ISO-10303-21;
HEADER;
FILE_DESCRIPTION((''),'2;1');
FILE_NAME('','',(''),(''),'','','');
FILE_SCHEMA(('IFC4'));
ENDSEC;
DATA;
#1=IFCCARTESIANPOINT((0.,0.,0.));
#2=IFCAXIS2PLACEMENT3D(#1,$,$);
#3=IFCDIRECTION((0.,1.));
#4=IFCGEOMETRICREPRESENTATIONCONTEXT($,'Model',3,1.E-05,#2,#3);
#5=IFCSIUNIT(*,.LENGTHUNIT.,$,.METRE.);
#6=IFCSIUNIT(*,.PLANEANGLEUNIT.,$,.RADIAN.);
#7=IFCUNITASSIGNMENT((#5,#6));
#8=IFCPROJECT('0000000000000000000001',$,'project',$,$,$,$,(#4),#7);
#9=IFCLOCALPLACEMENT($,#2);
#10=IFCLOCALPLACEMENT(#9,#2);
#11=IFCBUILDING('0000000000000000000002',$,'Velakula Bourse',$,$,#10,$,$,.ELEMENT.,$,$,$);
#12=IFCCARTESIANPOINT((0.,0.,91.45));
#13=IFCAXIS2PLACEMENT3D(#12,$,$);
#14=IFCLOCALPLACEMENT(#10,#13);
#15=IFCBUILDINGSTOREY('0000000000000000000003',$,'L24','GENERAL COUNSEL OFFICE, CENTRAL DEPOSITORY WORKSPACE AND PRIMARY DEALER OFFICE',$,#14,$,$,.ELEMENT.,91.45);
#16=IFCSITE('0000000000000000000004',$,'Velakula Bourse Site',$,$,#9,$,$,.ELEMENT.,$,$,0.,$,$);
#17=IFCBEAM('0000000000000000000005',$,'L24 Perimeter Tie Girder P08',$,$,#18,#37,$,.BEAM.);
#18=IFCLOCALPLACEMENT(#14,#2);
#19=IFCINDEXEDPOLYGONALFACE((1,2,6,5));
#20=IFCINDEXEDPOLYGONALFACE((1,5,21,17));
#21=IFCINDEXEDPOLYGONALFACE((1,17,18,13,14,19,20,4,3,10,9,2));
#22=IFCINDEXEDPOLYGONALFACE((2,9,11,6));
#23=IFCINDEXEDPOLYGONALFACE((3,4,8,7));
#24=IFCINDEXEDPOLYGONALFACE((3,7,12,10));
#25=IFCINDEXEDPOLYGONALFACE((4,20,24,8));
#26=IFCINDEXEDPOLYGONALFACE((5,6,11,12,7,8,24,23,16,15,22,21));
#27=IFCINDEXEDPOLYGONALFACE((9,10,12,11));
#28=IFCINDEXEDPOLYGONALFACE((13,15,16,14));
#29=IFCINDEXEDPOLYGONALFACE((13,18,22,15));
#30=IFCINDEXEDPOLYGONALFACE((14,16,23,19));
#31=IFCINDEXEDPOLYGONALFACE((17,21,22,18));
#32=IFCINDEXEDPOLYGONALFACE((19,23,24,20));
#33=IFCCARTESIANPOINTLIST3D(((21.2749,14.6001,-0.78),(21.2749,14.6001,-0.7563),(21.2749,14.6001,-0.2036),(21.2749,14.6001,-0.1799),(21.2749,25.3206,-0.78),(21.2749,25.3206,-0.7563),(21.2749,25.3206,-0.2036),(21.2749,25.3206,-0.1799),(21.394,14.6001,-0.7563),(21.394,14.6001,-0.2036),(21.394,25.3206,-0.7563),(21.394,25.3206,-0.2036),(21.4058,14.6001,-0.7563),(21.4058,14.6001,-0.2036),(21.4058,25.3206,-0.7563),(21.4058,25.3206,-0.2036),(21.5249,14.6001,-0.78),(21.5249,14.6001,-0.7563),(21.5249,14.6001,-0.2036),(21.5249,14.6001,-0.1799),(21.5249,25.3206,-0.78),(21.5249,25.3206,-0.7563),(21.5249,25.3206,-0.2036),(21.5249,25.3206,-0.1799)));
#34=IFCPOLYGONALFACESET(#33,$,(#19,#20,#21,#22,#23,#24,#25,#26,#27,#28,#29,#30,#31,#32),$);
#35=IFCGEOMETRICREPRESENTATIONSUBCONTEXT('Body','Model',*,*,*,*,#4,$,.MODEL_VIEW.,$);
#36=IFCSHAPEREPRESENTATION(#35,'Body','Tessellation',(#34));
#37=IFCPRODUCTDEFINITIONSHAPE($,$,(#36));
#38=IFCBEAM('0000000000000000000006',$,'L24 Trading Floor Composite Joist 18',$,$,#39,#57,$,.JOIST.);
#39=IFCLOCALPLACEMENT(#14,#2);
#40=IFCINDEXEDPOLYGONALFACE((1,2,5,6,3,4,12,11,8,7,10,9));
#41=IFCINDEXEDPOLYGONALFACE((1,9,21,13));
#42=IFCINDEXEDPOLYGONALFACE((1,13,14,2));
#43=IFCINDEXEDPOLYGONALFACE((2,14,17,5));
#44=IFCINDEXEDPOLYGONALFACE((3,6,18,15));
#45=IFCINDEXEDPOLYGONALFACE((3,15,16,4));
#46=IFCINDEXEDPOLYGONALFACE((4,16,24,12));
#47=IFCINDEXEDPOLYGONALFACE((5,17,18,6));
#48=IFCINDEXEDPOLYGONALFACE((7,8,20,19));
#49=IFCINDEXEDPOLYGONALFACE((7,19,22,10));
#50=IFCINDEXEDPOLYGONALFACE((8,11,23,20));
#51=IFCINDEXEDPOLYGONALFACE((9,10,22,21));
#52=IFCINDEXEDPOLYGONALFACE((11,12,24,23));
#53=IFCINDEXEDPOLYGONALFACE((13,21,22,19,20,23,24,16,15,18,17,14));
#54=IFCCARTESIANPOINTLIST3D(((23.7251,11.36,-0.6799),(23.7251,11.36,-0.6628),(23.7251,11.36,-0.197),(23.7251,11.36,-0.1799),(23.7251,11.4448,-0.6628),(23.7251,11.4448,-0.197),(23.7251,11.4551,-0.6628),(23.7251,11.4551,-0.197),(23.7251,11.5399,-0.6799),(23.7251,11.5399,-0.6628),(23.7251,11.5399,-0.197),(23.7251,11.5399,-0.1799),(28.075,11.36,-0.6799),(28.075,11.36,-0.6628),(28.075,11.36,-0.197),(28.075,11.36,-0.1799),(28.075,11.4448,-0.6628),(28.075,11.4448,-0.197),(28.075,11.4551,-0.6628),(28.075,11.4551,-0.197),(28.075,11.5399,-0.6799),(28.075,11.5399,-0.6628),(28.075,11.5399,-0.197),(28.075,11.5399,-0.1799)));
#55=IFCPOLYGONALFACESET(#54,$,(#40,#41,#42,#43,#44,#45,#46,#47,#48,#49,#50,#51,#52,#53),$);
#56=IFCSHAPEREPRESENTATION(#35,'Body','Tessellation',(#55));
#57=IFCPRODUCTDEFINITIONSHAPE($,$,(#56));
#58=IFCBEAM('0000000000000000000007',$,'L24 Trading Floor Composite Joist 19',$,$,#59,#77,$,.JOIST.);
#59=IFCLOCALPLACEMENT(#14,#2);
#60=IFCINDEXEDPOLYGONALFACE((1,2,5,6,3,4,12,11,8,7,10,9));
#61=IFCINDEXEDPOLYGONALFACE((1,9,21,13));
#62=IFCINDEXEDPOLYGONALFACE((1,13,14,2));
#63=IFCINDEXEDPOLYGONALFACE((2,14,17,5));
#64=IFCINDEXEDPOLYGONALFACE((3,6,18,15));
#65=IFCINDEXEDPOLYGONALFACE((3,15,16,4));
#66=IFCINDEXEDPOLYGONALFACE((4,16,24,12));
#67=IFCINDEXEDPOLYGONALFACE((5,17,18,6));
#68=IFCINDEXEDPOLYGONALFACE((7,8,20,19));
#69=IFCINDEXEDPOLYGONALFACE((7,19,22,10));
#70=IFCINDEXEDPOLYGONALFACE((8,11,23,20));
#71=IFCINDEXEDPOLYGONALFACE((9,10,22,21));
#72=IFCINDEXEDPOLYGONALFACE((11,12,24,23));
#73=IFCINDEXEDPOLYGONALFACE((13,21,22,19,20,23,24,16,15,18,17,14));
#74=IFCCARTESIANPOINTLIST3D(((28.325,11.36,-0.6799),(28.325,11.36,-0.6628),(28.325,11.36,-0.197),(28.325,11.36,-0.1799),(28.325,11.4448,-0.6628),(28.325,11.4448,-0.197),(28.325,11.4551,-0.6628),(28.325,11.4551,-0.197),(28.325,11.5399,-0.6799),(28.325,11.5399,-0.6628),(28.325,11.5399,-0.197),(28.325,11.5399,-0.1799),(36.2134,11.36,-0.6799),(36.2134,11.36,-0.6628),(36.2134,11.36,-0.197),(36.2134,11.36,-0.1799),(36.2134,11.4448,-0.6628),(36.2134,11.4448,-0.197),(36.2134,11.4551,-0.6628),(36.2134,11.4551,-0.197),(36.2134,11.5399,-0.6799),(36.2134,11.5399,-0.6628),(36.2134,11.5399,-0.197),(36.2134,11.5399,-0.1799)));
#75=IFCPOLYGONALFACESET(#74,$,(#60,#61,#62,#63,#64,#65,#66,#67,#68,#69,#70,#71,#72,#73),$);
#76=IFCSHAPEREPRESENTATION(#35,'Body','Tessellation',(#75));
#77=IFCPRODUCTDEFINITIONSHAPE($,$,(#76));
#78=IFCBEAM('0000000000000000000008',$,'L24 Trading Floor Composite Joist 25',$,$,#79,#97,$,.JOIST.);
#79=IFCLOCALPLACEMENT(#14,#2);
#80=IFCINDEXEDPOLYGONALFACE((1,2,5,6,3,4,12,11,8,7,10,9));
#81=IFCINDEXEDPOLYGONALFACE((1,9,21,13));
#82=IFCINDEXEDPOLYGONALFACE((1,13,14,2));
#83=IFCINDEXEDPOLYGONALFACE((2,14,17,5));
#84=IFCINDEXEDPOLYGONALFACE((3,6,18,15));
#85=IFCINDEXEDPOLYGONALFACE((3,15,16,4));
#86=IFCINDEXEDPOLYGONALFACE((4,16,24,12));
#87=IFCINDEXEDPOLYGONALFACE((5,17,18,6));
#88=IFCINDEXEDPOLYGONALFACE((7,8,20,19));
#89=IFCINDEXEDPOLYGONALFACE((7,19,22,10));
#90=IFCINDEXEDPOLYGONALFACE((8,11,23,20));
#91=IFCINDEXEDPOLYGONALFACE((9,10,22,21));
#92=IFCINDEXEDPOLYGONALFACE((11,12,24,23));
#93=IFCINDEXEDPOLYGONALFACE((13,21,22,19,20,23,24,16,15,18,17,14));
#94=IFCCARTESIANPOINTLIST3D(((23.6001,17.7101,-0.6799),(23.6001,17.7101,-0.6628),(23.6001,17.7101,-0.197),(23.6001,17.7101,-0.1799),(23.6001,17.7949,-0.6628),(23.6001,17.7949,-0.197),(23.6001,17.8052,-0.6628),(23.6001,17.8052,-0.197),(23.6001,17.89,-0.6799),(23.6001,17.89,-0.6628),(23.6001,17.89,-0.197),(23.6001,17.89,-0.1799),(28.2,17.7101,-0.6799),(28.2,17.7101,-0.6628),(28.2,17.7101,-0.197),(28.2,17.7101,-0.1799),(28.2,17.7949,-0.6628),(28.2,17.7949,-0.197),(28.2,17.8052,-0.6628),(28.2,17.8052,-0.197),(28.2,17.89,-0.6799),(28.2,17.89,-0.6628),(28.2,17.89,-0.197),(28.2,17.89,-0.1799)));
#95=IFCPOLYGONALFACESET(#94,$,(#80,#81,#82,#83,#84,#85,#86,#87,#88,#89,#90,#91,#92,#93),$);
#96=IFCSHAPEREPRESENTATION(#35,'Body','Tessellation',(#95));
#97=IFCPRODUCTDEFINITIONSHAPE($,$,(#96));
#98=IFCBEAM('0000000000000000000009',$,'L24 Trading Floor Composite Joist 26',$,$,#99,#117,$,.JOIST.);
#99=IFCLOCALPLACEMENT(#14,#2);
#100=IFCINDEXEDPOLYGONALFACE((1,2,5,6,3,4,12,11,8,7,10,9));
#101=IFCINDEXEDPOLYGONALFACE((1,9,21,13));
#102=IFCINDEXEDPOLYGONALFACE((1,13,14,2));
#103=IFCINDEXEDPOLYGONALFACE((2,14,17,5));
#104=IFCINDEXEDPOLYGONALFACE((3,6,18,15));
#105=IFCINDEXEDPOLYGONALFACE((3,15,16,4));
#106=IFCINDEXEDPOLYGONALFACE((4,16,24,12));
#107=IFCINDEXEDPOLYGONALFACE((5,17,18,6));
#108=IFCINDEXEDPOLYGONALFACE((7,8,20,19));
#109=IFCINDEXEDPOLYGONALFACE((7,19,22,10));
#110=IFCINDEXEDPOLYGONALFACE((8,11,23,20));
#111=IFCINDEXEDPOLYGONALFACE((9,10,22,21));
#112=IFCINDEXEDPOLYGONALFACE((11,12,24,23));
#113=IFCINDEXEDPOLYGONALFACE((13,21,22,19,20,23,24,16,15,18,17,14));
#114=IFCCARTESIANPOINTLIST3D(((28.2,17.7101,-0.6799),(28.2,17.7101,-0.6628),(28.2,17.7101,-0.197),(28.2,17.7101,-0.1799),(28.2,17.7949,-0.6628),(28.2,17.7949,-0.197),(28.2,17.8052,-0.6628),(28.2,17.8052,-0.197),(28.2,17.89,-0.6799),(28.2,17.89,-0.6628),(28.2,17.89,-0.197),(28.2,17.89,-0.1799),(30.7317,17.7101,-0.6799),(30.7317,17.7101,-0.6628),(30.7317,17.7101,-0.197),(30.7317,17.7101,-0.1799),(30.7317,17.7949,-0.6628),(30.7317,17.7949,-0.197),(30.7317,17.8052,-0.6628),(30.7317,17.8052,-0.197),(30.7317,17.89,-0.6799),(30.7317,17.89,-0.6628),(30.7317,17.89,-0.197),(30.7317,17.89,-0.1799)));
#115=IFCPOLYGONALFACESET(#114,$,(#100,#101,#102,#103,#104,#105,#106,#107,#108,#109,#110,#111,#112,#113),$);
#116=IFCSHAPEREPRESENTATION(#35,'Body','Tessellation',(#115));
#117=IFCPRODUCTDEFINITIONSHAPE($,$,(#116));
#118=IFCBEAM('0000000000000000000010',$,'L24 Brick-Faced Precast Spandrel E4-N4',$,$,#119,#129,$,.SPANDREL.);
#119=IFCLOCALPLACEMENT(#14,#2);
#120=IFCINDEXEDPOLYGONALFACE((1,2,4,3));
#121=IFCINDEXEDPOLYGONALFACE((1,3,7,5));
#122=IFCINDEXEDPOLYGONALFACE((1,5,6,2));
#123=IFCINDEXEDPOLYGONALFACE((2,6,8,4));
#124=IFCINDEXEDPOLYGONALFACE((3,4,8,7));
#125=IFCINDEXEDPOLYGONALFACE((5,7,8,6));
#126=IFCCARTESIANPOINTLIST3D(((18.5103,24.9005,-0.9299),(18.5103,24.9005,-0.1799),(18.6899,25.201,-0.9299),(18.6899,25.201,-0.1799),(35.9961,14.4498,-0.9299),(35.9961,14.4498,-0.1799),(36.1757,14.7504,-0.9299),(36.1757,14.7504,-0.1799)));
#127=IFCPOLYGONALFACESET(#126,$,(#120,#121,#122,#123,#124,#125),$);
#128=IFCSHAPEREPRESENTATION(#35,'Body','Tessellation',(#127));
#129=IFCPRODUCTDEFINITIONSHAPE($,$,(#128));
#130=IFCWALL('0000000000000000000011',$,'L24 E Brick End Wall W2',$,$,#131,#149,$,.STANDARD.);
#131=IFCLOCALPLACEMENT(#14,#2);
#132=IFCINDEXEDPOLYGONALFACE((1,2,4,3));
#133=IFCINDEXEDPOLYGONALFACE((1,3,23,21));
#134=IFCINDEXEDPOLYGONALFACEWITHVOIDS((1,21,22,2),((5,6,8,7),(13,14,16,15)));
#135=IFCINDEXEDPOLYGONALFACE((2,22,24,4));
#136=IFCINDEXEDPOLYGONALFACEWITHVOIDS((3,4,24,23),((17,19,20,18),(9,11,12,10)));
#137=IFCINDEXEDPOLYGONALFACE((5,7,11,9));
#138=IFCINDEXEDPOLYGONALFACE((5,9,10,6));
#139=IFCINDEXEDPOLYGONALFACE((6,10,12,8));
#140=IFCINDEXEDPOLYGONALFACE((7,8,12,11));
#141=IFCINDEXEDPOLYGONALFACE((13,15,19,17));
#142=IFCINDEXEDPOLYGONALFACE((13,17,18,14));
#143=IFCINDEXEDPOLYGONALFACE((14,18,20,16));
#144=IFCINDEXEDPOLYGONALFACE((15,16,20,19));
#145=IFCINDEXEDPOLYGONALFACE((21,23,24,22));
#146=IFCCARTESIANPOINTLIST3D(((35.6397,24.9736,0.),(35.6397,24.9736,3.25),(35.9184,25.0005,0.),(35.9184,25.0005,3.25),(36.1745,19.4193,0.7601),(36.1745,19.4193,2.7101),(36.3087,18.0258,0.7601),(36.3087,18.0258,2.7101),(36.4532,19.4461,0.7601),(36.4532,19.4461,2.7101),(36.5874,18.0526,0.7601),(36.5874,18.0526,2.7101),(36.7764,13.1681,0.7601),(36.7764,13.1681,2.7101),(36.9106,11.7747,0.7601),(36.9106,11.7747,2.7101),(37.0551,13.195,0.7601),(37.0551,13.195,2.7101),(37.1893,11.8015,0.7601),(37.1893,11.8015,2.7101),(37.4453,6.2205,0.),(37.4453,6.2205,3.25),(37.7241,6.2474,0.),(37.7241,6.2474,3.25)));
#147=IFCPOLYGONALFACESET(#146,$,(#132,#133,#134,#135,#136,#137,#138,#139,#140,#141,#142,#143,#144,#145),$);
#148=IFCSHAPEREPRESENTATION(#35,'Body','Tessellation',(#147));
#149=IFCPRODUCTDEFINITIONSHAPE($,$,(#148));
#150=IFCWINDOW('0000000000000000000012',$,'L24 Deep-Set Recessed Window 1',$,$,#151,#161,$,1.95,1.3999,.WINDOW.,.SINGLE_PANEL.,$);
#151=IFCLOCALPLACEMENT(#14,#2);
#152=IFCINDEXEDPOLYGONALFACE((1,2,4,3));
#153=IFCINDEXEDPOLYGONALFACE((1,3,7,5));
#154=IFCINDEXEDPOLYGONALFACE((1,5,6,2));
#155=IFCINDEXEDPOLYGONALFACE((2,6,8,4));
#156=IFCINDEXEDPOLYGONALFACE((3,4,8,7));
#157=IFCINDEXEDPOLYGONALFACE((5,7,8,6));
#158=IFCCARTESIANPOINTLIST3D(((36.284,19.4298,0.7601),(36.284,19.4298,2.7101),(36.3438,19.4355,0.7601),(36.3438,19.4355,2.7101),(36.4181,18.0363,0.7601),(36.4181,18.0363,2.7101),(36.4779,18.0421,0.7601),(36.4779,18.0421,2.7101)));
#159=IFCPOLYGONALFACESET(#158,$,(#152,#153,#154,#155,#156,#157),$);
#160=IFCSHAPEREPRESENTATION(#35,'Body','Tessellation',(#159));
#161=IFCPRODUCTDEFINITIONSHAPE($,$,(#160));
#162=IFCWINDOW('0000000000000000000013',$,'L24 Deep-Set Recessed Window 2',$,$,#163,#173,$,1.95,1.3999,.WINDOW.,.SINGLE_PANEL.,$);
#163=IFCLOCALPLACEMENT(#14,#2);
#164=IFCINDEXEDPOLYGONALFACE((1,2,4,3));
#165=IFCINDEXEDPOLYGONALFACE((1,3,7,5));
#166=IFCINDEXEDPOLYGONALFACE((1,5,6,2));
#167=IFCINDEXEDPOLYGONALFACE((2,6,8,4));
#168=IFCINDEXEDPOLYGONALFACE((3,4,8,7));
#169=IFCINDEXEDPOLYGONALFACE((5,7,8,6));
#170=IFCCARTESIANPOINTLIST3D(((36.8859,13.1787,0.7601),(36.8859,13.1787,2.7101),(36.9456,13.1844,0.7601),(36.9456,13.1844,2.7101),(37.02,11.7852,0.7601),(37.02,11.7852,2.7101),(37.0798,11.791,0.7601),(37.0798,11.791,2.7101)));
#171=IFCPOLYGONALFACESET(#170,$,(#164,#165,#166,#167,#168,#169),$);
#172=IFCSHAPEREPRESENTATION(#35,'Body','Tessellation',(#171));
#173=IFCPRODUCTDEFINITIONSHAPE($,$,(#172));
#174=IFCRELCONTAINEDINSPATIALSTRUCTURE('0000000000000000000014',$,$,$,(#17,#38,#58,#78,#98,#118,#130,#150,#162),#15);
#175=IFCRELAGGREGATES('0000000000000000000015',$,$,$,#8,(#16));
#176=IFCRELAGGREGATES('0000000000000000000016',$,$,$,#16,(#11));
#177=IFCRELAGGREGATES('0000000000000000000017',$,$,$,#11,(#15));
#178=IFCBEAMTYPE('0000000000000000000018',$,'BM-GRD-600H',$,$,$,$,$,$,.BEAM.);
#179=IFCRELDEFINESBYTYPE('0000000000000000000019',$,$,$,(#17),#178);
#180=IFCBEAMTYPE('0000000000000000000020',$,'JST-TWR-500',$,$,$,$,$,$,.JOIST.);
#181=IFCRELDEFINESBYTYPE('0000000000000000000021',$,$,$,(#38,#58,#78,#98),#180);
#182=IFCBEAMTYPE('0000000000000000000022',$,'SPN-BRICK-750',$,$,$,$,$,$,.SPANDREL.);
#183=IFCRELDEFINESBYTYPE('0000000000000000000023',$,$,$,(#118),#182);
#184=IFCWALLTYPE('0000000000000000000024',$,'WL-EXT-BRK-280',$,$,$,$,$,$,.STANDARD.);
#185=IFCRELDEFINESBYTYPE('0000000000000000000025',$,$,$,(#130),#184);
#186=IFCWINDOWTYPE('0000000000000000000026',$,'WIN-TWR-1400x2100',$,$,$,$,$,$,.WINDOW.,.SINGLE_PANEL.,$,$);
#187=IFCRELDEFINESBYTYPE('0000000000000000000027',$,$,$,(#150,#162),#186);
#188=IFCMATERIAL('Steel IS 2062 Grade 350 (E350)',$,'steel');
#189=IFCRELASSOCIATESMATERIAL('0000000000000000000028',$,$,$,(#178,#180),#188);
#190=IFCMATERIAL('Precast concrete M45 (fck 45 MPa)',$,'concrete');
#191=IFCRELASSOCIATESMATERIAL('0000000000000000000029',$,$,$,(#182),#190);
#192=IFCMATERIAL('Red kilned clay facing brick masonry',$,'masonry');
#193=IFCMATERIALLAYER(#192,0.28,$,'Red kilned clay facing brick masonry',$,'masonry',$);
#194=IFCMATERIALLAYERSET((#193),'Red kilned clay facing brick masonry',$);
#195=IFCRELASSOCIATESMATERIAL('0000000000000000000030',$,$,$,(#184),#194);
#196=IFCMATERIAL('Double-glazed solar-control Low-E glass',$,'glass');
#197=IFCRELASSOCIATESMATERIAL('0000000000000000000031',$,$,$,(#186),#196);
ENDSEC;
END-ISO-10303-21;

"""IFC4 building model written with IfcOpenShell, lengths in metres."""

from ifc_helpers import new_model, si_unit, direction, frame, frame_2d, origin, origin_2d, place, context, subcontext, project, spatial, rectangle, i_section, extrude, material, layer, layer_set, material_profile, profile_set, type_object, element, fill, save


model = new_model("IFC4")

# Units and contexts
model_context = context("Model", 3, precision=1e-05, world=origin(), true_north=direction((0.0, 1.0)))
body_context = subcontext(model_context, "Body", "Model", "MODEL_VIEW")
ifc_project = project(units=[si_unit("LENGTHUNIT", "METRE"), si_unit("PLANEANGLEUNIT", "RADIAN")], contexts=[model_context])

# Site, building, storey
site_placement = place(None, origin())
site = spatial("IfcSite", under=ifc_project, at=site_placement, Name="Velakula Bourse Site", CompositionType="ELEMENT", RefElevation=0.0)
building_placement = place(site_placement, origin())
building = spatial("IfcBuilding", under=site, at=building_placement, Name="Velakula Bourse", CompositionType="ELEMENT")
storey_placement = place(building_placement, frame((0.0, 0.0, 91.45)))
storey = spatial("IfcBuildingStorey", under=building, at=storey_placement, Name="L24", Description="GENERAL COUNSEL OFFICE, CENTRAL DEPOSITORY WORKSPACE AND PRIMARY DEALER OFFICE", CompositionType="ELEMENT", Elevation=91.45)

# Shared definitions
ifc_material_1 = material(Name="Precast concrete M45 (fck 45 MPa)", Category="concrete")

# Beams
ifc_material_2 = material(Name="Steel IS 2062 Grade 350 (E350)", Category="steel")
ifc_material_profile_1 = material_profile(ifc_material_2, i_section(OverallWidth=0.25, OverallDepth=0.6001, WebThickness=0.0117, FlangeThickness=0.0237, at=origin_2d()), Name="Steel IS 2062 Grade 350 (E350)")
ifc_profile_set_1 = profile_set([ifc_material_profile_1], Name="Steel IS 2062 Grade 350 (E350)")
beam_type_1 = type_object("IfcBeamType", Name="BM-GRD-600H", PredefinedType="BEAM", material=ifc_profile_set_1)
beam_1_placement = place(storey_placement, frame((21.3999, 14.6001, -0.48), z_axis=(0.0, 1.0, 0.0), x_axis=(-1.0, 0.0, 0.0)))
element("IfcBeam", 1, at=beam_1_placement, inside=storey, type_object=beam_type_1, Name="L24 Perimeter Tie Girder P08", PredefinedType="BEAM", context=body_context, shape_type="SweptSolid", body=[
    extrude(i_section(OverallWidth=0.25, OverallDepth=0.6001, WebThickness=0.0117, FlangeThickness=0.0237, at=origin_2d()), origin(), (0.0, 0.0, 1.0), 10.7205),
])
ifc_material_profile_2 = material_profile(ifc_material_2, i_section(OverallWidth=0.1799, OverallDepth=0.5, WebThickness=0.0103, FlangeThickness=0.0171, at=origin_2d()), Name="Steel IS 2062 Grade 350 (E350)")
ifc_profile_set_2 = profile_set([ifc_material_profile_2], Name="Steel IS 2062 Grade 350 (E350)")
beam_type_2 = type_object("IfcBeamType", Name="JST-TWR-500", PredefinedType="JOIST", material=ifc_profile_set_2)
beam_2_placement = place(storey_placement, frame((23.7251, 11.45, -0.4299), z_axis=(1.0, 0.0, 0.0), x_axis=(0.0, 1.0, 0.0)))
element("IfcBeam", 2, at=beam_2_placement, inside=storey, type_object=beam_type_2, Name="L24 Trading Floor Composite Joist 18", PredefinedType="JOIST", context=body_context, shape_type="SweptSolid", body=[
    extrude(i_section(OverallWidth=0.1799, OverallDepth=0.5, WebThickness=0.0103, FlangeThickness=0.0171, at=origin_2d()), origin(), (0.0, 0.0, 1.0), 4.3499),
])
beam_3_placement = place(storey_placement, frame((28.325, 11.45, -0.4299), z_axis=(1.0, 0.0, 0.0), x_axis=(0.0, 1.0, 0.0)))
element("IfcBeam", 3, at=beam_3_placement, inside=storey, type_object=beam_type_2, Name="L24 Trading Floor Composite Joist 19", PredefinedType="JOIST", context=body_context, shape_type="SweptSolid", body=[
    extrude(i_section(OverallWidth=0.1799, OverallDepth=0.5, WebThickness=0.0103, FlangeThickness=0.0171, at=origin_2d()), origin(), (0.0, 0.0, 1.0), 7.8884),
])
beam_4_placement = place(storey_placement, frame((23.6001, 17.8, -0.4299), z_axis=(1.0, 0.0, 0.0), x_axis=(0.0, 1.0, 0.0)))
element("IfcBeam", 4, at=beam_4_placement, inside=storey, type_object=beam_type_2, Name="L24 Trading Floor Composite Joist 25", PredefinedType="JOIST", context=body_context, shape_type="SweptSolid", body=[
    extrude(i_section(OverallWidth=0.1799, OverallDepth=0.5, WebThickness=0.0103, FlangeThickness=0.0171, at=origin_2d()), origin(), (0.0, 0.0, 1.0), 4.5999),
])
beam_5_placement = place(storey_placement, frame((28.2, 17.8, -0.4299), z_axis=(1.0, 0.0, 0.0), x_axis=(0.0, 1.0, 0.0)))
element("IfcBeam", 5, at=beam_5_placement, inside=storey, type_object=beam_type_2, Name="L24 Trading Floor Composite Joist 26", PredefinedType="JOIST", context=body_context, shape_type="SweptSolid", body=[
    extrude(i_section(OverallWidth=0.1799, OverallDepth=0.5, WebThickness=0.0103, FlangeThickness=0.0171, at=origin_2d()), origin(), (0.0, 0.0, 1.0), 2.5317),
])
ifc_material_profile_3 = material_profile(ifc_material_1, rectangle(XDim=0.3501, YDim=0.75, at=origin_2d()), Name="Precast concrete M45 (fck 45 MPa)")
ifc_profile_set_3 = profile_set([ifc_material_profile_3], Name="Precast concrete M45 (fck 45 MPa)")
beam_type_3 = type_object("IfcBeamType", Name="SPN-BRICK-750", PredefinedType="SPANDREL", material=ifc_profile_set_3)
beam_6_placement = place(storey_placement, frame((36.0859, 14.6001, -0.5549), z_axis=(-0.858376, 0.513022, 0.0), x_axis=(-0.513022, -0.858376, 0.0)))
element("IfcBeam", 6, at=beam_6_placement, inside=storey, type_object=beam_type_3, Name="L24 Brick-Faced Precast Spandrel E4-N4", PredefinedType="SPANDREL", context=body_context, shape_type="SweptSolid", body=[
    extrude(rectangle(XDim=0.3501, YDim=0.75, at=origin_2d()), origin(), (0.0, 0.0, 1.0), 20.3708),
])

# Wall, openings, windows
ifc_material_3 = material(Name="Red kilned clay facing brick masonry", Category="masonry")
ifc_layer_1 = layer(ifc_material_3, 0.28, Name="Red kilned clay facing brick masonry", Category="masonry")
ifc_layer_set_1 = layer_set([ifc_layer_1], Name="Red kilned clay facing brick masonry")
wall_type_1 = type_object("IfcWallType", Name="WL-EXT-BRK-280", PredefinedType="STANDARD", material=ifc_layer_set_1)
wall_1_placement = place(storey_placement, frame((35.7791, 24.9871, 0.0), z_axis=(0.0, 0.0, 1.0), x_axis=(0.095843, -0.995397, 0.0)))
wall_1 = element("IfcWall", 7, at=wall_1_placement, inside=storey, type_object=wall_type_1, Name="L24 E Brick End Wall W2", PredefinedType="STANDARD", context=body_context, shape_type="SweptSolid", body=[
    extrude(rectangle(XDim=18.8398, YDim=0.28, at=frame_2d((9.4199, 0.0))), origin(), (0.0, 0.0, 1.0), 3.25),
])
opening_1_placement = place(wall_1_placement, frame((5.5801, 0.0, 0.76)))
opening_1 = element("IfcOpeningElement", 8, at=opening_1_placement, cuts=wall_1, PredefinedType="OPENING", context=body_context, shape_type="SweptSolid", body=[
    extrude(rectangle(XDim=1.3999, YDim=1.95, at=frame_2d((0.7, 0.9751))), frame((0.0, 0.1499, 0.0), z_axis=(0.0, -1.0, 0.0), x_axis=(1.0, 0.0, 0.0)), (0.0, 0.0, 1.0), 0.3),
])
opening_2_placement = place(wall_1_placement, frame((11.8601, 0.0, 0.76)))
opening_2 = element("IfcOpeningElement", 9, at=opening_2_placement, cuts=wall_1, PredefinedType="OPENING", context=body_context, shape_type="SweptSolid", body=[
    extrude(rectangle(XDim=1.3999, YDim=1.95, at=frame_2d((0.7, 0.9751))), frame((0.0, 0.1499, 0.0), z_axis=(0.0, -1.0, 0.0), x_axis=(1.0, 0.0, 0.0)), (0.0, 0.0, 1.0), 0.3),
])
ifc_material_4 = material(Name="Double-glazed solar-control Low-E glass", Category="glass")
window_type = type_object("IfcWindowType", Name="WIN-TWR-1400x2100", PartitioningType="SINGLE_PANEL", PredefinedType="WINDOW", material=ifc_material_4)
window_1_placement = place(opening_1_placement, origin())
window_1 = element("IfcWindow", 10, at=window_1_placement, inside=storey, type_object=window_type, Name="L24 Deep-Set Recessed Window 1", OverallHeight=1.95, OverallWidth=1.3999, PartitioningType="SINGLE_PANEL", PredefinedType="WINDOW", context=body_context, shape_type="SweptSolid", body=[
    extrude(rectangle(XDim=1.3999, YDim=1.95, at=frame_2d((0.7, 0.9751))), frame((0.0, 0.03, 0.0), z_axis=(0.0, -1.0, 0.0), x_axis=(1.0, 0.0, 0.0)), (0.0, 0.0, 1.0), 0.0601),
])
fill(opening_1, window_1)
window_2_placement = place(opening_2_placement, origin())
window_2 = element("IfcWindow", 11, at=window_2_placement, inside=storey, type_object=window_type, Name="L24 Deep-Set Recessed Window 2", OverallHeight=1.95, OverallWidth=1.3999, PartitioningType="SINGLE_PANEL", PredefinedType="WINDOW", context=body_context, shape_type="SweptSolid", body=[
    extrude(rectangle(XDim=1.3999, YDim=1.95, at=frame_2d((0.7, 0.9751))), frame((0.0, 0.03, 0.0), z_axis=(0.0, -1.0, 0.0), x_axis=(1.0, 0.0, 0.0)), (0.0, 0.0, 1.0), 0.0601),
])
fill(opening_2, window_2)

save(model, "model.ifc")
